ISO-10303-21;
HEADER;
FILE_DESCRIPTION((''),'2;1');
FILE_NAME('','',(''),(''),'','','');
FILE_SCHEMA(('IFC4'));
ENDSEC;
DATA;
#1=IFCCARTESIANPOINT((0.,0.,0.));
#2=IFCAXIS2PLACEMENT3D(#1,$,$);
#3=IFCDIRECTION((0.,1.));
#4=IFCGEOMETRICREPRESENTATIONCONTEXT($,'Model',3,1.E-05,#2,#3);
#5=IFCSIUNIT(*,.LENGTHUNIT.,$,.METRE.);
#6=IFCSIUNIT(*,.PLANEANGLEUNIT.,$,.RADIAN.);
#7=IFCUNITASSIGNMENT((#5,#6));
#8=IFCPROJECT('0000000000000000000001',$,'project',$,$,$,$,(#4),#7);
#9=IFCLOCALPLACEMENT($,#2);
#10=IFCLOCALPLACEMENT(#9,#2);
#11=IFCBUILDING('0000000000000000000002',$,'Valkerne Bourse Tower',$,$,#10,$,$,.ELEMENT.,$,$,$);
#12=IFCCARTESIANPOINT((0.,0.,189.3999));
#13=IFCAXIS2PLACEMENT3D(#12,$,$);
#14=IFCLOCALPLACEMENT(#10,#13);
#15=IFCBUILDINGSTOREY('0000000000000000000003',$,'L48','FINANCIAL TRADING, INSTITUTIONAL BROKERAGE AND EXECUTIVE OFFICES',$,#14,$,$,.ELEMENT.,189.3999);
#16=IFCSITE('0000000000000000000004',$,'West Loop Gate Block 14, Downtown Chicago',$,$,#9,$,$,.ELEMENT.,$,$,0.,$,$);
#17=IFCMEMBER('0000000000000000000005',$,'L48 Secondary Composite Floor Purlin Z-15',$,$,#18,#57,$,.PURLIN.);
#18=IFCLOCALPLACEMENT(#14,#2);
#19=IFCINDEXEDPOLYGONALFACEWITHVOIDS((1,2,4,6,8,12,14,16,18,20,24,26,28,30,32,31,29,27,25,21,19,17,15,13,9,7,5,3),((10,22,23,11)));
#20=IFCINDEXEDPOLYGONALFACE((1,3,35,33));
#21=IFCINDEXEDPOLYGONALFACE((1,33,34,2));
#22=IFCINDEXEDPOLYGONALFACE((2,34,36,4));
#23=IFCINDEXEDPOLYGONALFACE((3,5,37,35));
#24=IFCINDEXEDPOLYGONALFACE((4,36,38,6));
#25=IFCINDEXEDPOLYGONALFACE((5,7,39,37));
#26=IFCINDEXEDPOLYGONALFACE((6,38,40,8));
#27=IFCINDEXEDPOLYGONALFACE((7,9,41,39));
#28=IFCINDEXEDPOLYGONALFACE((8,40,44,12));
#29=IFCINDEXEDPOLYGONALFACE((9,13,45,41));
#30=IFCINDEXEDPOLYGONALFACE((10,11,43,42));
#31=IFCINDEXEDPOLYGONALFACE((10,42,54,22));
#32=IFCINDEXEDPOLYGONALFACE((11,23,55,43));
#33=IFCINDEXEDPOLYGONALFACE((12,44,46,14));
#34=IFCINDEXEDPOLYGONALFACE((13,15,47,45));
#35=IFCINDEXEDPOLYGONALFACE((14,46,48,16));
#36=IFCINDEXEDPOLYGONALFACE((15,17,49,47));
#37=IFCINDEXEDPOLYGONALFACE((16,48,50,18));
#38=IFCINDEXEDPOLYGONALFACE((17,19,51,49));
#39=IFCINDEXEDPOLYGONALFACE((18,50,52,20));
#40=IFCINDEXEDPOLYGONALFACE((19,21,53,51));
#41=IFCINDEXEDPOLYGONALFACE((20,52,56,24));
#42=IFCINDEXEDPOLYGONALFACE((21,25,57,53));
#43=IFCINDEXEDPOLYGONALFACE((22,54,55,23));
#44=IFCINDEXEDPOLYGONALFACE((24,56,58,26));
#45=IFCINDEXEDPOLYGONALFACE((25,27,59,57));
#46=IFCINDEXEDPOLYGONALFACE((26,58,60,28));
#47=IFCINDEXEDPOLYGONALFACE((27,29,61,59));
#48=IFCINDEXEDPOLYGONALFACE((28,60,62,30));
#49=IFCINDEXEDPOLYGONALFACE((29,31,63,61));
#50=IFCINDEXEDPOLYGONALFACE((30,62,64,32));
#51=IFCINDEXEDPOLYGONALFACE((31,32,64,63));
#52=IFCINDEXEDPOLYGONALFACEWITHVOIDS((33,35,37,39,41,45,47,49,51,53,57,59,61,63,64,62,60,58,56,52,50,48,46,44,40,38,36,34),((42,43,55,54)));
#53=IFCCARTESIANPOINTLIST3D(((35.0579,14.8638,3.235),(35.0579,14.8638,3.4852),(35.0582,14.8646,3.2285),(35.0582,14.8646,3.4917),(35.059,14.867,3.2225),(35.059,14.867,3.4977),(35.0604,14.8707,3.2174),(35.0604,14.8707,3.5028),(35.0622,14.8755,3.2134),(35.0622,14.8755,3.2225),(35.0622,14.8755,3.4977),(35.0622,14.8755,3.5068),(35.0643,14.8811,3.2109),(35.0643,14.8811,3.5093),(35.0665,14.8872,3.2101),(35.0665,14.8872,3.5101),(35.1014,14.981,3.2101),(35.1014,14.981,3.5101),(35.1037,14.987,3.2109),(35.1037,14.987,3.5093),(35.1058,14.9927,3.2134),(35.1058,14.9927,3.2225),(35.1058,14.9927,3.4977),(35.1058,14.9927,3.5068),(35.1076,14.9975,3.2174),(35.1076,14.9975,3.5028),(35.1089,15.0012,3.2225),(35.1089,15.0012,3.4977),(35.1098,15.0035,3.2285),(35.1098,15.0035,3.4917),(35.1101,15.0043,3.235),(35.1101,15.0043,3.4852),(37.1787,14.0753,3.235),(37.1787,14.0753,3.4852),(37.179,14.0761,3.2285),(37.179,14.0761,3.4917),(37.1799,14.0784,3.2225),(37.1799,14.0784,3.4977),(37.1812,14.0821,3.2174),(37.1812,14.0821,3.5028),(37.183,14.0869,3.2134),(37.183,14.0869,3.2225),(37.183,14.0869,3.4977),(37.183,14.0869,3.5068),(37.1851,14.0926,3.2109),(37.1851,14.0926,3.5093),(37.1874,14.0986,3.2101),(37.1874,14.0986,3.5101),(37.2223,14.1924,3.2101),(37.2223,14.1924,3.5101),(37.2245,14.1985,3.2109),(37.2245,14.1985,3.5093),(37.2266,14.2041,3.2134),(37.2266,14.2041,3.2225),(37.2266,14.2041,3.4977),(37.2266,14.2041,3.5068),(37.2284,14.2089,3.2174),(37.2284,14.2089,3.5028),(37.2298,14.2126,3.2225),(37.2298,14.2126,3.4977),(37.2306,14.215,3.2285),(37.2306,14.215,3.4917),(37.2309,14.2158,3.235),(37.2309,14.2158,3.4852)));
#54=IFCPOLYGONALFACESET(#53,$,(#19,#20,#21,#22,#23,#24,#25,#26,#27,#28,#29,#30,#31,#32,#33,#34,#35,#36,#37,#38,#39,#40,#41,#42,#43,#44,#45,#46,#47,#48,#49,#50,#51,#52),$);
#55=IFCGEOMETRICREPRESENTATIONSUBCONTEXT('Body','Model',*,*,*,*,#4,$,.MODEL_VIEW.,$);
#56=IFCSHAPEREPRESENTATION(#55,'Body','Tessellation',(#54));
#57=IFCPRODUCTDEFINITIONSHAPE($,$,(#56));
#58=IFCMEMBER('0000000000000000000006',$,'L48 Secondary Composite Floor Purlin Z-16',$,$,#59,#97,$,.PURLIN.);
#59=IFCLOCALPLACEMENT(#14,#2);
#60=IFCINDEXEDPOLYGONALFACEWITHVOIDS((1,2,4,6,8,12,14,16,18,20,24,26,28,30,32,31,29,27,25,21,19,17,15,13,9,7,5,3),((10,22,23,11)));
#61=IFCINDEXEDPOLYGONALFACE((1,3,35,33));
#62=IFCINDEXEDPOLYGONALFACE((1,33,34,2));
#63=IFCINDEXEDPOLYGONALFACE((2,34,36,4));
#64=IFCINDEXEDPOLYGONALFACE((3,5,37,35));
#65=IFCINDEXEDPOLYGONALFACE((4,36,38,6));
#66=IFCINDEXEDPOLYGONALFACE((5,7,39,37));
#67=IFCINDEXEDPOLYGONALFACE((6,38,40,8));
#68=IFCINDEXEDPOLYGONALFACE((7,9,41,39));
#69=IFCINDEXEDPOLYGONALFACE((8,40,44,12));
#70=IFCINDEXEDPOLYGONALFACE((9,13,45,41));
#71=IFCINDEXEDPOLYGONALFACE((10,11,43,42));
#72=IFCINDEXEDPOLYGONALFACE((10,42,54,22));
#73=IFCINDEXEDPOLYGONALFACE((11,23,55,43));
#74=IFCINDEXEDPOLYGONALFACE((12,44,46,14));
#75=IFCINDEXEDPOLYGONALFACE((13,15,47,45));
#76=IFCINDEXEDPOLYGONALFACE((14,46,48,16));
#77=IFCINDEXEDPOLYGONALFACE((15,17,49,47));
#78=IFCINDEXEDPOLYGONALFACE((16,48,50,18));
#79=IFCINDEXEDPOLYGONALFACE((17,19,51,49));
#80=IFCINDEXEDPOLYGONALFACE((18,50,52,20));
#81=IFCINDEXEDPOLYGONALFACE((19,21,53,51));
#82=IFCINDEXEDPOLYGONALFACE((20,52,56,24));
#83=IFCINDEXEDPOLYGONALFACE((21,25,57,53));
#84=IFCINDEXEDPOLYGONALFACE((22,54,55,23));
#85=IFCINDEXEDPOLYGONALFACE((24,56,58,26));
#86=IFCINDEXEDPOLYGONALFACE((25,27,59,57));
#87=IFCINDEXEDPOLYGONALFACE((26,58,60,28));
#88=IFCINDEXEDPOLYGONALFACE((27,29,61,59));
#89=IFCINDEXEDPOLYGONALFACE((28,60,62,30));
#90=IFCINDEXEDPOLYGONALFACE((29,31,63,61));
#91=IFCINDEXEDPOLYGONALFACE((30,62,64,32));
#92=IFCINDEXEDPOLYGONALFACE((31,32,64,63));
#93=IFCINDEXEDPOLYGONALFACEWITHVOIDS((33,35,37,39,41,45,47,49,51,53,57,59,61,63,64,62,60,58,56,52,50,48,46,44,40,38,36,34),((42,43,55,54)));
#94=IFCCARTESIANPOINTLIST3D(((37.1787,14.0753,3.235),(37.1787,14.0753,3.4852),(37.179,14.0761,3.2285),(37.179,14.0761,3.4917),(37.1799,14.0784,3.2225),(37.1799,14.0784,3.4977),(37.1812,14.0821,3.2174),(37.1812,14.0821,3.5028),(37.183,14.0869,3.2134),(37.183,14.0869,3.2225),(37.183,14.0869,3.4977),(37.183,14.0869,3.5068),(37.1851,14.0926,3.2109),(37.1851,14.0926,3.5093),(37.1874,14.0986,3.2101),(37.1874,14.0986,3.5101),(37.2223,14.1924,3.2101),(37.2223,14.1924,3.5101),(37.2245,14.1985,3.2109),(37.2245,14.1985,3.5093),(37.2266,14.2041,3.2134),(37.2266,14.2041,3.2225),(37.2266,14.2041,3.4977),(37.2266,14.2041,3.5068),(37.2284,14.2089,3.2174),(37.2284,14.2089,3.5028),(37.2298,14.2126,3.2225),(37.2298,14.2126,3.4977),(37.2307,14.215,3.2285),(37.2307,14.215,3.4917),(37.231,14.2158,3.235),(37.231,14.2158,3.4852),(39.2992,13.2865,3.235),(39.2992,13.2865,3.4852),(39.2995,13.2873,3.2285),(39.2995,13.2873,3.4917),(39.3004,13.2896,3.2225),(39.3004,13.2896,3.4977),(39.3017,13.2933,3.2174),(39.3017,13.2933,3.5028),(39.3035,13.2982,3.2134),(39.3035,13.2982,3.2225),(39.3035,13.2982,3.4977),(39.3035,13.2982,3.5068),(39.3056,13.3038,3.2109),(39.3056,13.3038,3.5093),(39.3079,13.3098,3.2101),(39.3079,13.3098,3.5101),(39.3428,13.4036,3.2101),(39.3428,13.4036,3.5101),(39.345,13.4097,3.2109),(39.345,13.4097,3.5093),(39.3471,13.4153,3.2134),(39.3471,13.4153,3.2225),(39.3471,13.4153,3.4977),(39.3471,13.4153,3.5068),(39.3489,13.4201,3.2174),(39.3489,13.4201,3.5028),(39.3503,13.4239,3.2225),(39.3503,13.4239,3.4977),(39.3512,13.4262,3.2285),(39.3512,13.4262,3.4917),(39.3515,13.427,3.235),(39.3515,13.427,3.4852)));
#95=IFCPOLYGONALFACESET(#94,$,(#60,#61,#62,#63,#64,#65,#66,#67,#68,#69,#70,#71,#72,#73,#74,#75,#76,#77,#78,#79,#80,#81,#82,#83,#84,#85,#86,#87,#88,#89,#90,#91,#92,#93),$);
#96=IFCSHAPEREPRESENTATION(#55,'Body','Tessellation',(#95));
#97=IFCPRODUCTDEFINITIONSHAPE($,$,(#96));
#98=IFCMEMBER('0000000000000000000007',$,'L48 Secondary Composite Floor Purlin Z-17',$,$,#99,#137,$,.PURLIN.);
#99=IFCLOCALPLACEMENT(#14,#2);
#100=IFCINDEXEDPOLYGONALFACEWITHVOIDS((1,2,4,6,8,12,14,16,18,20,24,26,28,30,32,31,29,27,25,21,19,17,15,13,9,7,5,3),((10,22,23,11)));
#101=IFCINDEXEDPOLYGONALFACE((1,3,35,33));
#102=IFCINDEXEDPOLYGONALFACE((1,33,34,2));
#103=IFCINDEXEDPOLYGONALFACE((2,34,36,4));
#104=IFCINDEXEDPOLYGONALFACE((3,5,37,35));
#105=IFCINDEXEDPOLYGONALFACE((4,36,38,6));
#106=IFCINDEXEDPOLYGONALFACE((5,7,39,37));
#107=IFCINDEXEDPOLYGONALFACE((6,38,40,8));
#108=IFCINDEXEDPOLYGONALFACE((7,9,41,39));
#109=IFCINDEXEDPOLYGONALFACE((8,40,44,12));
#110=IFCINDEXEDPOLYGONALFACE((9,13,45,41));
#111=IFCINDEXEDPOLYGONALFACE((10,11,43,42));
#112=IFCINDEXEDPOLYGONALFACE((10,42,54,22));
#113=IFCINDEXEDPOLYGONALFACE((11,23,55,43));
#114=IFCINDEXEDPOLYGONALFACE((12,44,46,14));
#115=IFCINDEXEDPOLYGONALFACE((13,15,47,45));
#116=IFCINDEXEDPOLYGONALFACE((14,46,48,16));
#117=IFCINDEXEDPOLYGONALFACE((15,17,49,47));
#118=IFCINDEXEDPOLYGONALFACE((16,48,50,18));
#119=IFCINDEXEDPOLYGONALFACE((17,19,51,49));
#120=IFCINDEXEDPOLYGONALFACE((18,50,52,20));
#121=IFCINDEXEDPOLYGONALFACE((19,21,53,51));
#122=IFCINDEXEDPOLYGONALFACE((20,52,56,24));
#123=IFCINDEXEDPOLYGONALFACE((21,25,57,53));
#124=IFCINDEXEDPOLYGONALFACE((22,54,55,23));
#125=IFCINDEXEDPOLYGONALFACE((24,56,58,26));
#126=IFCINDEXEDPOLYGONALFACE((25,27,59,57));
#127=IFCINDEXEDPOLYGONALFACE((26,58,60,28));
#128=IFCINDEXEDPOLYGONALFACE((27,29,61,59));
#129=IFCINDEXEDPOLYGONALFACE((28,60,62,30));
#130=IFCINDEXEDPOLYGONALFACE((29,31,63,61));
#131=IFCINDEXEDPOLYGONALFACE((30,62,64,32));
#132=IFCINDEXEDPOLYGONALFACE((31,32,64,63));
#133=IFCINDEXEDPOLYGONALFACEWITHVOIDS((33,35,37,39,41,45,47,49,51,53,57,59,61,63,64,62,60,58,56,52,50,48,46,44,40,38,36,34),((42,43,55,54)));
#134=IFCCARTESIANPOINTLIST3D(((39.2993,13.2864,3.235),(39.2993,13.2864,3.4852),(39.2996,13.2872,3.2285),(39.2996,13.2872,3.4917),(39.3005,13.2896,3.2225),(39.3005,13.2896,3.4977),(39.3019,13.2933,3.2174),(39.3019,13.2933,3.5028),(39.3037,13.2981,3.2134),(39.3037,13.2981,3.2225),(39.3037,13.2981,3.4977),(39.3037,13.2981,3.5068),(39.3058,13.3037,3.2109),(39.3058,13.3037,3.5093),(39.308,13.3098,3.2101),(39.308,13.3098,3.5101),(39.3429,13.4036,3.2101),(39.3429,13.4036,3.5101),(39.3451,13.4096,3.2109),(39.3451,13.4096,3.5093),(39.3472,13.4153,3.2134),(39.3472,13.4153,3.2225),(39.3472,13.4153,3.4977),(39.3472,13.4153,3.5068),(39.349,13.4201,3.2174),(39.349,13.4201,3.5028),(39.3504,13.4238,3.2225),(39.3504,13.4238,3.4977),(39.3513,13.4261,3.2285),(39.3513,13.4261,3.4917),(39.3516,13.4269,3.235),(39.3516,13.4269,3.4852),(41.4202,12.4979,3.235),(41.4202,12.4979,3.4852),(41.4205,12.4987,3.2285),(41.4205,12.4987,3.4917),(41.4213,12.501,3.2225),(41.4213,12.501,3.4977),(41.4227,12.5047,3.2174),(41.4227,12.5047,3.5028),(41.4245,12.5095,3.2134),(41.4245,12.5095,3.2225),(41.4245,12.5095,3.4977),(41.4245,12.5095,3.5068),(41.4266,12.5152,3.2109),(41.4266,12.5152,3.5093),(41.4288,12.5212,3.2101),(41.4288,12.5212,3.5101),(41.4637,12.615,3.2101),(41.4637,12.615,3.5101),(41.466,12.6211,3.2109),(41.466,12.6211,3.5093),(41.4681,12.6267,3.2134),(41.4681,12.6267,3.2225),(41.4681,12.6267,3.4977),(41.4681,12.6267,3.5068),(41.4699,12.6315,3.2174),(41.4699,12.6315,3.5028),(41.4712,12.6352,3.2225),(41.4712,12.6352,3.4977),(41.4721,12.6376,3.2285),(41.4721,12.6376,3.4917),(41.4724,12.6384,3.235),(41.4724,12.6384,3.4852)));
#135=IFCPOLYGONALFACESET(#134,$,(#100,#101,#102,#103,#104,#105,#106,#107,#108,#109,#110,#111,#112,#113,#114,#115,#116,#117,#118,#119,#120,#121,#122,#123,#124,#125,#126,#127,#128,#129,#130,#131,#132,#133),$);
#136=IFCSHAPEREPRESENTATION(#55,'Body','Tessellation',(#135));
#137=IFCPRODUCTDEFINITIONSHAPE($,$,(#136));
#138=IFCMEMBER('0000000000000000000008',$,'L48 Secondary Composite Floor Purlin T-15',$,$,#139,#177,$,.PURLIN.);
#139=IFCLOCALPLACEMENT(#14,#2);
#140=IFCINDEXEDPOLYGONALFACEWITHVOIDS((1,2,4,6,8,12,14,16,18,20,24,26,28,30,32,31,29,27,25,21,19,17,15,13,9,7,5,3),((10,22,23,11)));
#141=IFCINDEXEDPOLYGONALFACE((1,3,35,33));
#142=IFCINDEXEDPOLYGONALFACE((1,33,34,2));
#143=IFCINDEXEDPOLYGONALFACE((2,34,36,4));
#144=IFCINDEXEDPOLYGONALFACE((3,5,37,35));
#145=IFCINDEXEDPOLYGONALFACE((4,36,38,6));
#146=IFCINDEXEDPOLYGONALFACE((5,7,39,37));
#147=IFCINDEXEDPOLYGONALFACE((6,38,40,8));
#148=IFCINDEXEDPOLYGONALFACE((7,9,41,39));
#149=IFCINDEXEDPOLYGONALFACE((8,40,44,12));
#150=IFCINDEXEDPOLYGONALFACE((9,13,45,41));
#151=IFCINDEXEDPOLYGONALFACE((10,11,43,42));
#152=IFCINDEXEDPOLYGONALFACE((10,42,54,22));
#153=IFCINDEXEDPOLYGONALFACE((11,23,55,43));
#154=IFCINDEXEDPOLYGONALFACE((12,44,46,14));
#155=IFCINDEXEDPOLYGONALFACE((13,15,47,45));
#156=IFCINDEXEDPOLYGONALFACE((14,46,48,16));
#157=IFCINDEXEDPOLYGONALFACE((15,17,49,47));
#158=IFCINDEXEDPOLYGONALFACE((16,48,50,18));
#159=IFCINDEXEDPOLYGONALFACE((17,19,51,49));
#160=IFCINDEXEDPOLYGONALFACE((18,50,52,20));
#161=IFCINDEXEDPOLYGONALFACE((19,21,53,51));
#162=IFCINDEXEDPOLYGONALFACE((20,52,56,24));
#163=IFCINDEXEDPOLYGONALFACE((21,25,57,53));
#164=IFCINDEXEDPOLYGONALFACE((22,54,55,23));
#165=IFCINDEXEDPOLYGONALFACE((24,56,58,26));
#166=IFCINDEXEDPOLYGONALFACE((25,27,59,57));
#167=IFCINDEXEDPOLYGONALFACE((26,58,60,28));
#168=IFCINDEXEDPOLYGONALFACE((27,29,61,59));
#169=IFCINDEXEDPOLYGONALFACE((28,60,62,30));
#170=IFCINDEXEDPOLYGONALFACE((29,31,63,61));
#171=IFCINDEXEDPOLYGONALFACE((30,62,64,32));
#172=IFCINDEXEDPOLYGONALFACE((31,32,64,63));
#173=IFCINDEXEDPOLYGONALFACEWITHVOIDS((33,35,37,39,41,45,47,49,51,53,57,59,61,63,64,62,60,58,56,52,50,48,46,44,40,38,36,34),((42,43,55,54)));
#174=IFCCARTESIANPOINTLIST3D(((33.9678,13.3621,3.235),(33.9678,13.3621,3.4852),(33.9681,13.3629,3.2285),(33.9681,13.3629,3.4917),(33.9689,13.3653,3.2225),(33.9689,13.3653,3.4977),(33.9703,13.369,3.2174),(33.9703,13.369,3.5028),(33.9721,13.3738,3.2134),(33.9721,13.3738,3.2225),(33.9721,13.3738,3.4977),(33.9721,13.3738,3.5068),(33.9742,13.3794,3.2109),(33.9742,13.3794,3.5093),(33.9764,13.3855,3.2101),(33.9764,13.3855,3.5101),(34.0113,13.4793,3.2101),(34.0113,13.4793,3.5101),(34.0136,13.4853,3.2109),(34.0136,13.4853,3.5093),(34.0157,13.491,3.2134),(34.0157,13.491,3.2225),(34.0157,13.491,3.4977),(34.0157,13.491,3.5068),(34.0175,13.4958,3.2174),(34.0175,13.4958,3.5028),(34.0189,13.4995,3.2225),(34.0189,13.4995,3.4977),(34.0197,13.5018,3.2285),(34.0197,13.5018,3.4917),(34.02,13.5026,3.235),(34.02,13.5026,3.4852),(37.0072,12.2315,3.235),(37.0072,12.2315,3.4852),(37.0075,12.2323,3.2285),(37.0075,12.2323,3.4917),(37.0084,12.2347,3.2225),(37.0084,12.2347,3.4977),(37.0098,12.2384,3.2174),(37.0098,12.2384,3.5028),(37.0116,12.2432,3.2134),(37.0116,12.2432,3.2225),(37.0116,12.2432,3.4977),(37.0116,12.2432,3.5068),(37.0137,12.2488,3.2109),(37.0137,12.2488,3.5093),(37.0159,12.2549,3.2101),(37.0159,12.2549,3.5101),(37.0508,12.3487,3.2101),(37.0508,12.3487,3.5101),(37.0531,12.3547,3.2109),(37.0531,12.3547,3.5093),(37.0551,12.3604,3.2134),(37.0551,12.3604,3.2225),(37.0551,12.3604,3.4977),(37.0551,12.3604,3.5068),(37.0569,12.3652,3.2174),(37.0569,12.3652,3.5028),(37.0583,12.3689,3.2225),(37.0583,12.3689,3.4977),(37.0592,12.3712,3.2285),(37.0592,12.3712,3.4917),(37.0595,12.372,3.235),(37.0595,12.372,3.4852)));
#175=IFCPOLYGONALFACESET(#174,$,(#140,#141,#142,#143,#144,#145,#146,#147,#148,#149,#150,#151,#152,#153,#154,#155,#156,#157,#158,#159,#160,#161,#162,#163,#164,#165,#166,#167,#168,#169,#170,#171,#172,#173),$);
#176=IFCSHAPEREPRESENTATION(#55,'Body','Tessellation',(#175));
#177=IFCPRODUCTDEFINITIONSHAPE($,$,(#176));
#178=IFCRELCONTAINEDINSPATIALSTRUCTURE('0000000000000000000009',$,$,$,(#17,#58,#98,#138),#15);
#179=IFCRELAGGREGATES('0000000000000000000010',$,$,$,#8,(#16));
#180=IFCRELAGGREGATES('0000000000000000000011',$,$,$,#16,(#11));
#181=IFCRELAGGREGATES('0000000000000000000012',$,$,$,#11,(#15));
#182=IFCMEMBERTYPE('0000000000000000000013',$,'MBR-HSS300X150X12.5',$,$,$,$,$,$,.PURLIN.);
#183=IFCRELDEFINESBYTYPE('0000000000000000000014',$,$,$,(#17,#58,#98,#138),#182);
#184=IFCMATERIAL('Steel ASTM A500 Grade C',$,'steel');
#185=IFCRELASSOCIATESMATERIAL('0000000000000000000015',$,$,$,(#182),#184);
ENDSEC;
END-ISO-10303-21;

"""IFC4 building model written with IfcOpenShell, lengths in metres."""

from ifc_helpers import new_model, si_unit, direction, frame, origin, origin_2d, place, context, subcontext, project, spatial, hollow_rectangle, extrude, material, material_profile, profile_set, type_object, element, save


model = new_model("IFC4")

# Units and contexts
model_context = context("Model", 3, precision=1e-05, world=origin(), true_north=direction((0.0, 1.0)))
body_context = subcontext(model_context, "Body", "Model", "MODEL_VIEW")
ifc_project = project(units=[si_unit("LENGTHUNIT", "METRE"), si_unit("PLANEANGLEUNIT", "RADIAN")], contexts=[model_context])

# Site, building, storey
site_placement = place(None, origin())
site = spatial("IfcSite", under=ifc_project, at=site_placement, Name="West Loop Gate Block 14, Downtown Chicago", CompositionType="ELEMENT", RefElevation=0.0)
building_placement = place(site_placement, origin())
building = spatial("IfcBuilding", under=site, at=building_placement, Name="Valkerne Bourse Tower", CompositionType="ELEMENT")
storey_placement = place(building_placement, frame((0.0, 0.0, 189.3999)))
storey = spatial("IfcBuildingStorey", under=building, at=storey_placement, Name="L48", Description="FINANCIAL TRADING, INSTITUTIONAL BROKERAGE AND EXECUTIVE OFFICES", CompositionType="ELEMENT", Elevation=189.3999)

# Members
ifc_material_1 = material(Name="Steel ASTM A500 Grade C", Category="steel")
ifc_material_profile_1 = material_profile(ifc_material_1, hollow_rectangle(XDim=0.1499, YDim=0.3, WallThickness=0.0125, OuterFilletRadius=0.0249, at=origin_2d()), Name="HSS300X150X12.5")
ifc_profile_set_1 = profile_set([ifc_material_profile_1], Name="Steel ASTM A500 Grade C")
member_type_1 = type_object("IfcMemberType", Name="MBR-HSS300X150X12.5", PredefinedType="PURLIN", material=ifc_profile_set_1)
member_1_placement = place(storey_placement, frame((35.084, 14.9341, 3.3601), z_axis=(0.937305, -0.348509, 0.0), x_axis=(0.348509, 0.937305, 0.0)))
element("IfcMember", 1, at=member_1_placement, inside=storey, type_object=member_type_1, Name="L48 Secondary Composite Floor Purlin Z-15", PredefinedType="PURLIN", context=body_context, shape_type="SweptSolid", body=[
    extrude(hollow_rectangle(XDim=0.1499, YDim=0.3, WallThickness=0.0125, OuterFilletRadius=0.0249, at=origin_2d()), origin(), (0.0, 0.0, 1.0), 2.2627),
])
member_2_placement = place(storey_placement, frame((37.2048, 14.1455, 3.3601), z_axis=(0.937257, -0.348639, 0.0), x_axis=(0.348639, 0.937257, 0.0)))
element("IfcMember", 2, at=member_2_placement, inside=storey, type_object=member_type_1, Name="L48 Secondary Composite Floor Purlin Z-16", PredefinedType="PURLIN", context=body_context, shape_type="SweptSolid", body=[
    extrude(hollow_rectangle(XDim=0.1499, YDim=0.3, WallThickness=0.0125, OuterFilletRadius=0.0249, at=origin_2d()), origin(), (0.0, 0.0, 1.0), 2.2625),
])
member_3_placement = place(storey_placement, frame((39.3254, 13.3567, 3.3601), z_axis=(0.937305, -0.348509, 0.0), x_axis=(0.348509, 0.937305, 0.0)))
element("IfcMember", 3, at=member_3_placement, inside=storey, type_object=member_type_1, Name="L48 Secondary Composite Floor Purlin Z-17", PredefinedType="PURLIN", context=body_context, shape_type="SweptSolid", body=[
    extrude(hollow_rectangle(XDim=0.1499, YDim=0.3, WallThickness=0.0125, OuterFilletRadius=0.0249, at=origin_2d()), origin(), (0.0, 0.0, 1.0), 2.2627),
])
member_4_placement = place(storey_placement, frame((33.9939, 13.4324, 3.3601), z_axis=(0.93726, -0.348631, 0.0), x_axis=(0.348631, 0.93726, 0.0)))
element("IfcMember", 4, at=member_4_placement, inside=storey, type_object=member_type_1, Name="L48 Secondary Composite Floor Purlin T-15", PredefinedType="PURLIN", context=body_context, shape_type="SweptSolid", body=[
    extrude(hollow_rectangle(XDim=0.1499, YDim=0.3, WallThickness=0.0125, OuterFilletRadius=0.0249, at=origin_2d()), origin(), (0.0, 0.0, 1.0), 3.2429),
])

save(model, "model.ifc")
